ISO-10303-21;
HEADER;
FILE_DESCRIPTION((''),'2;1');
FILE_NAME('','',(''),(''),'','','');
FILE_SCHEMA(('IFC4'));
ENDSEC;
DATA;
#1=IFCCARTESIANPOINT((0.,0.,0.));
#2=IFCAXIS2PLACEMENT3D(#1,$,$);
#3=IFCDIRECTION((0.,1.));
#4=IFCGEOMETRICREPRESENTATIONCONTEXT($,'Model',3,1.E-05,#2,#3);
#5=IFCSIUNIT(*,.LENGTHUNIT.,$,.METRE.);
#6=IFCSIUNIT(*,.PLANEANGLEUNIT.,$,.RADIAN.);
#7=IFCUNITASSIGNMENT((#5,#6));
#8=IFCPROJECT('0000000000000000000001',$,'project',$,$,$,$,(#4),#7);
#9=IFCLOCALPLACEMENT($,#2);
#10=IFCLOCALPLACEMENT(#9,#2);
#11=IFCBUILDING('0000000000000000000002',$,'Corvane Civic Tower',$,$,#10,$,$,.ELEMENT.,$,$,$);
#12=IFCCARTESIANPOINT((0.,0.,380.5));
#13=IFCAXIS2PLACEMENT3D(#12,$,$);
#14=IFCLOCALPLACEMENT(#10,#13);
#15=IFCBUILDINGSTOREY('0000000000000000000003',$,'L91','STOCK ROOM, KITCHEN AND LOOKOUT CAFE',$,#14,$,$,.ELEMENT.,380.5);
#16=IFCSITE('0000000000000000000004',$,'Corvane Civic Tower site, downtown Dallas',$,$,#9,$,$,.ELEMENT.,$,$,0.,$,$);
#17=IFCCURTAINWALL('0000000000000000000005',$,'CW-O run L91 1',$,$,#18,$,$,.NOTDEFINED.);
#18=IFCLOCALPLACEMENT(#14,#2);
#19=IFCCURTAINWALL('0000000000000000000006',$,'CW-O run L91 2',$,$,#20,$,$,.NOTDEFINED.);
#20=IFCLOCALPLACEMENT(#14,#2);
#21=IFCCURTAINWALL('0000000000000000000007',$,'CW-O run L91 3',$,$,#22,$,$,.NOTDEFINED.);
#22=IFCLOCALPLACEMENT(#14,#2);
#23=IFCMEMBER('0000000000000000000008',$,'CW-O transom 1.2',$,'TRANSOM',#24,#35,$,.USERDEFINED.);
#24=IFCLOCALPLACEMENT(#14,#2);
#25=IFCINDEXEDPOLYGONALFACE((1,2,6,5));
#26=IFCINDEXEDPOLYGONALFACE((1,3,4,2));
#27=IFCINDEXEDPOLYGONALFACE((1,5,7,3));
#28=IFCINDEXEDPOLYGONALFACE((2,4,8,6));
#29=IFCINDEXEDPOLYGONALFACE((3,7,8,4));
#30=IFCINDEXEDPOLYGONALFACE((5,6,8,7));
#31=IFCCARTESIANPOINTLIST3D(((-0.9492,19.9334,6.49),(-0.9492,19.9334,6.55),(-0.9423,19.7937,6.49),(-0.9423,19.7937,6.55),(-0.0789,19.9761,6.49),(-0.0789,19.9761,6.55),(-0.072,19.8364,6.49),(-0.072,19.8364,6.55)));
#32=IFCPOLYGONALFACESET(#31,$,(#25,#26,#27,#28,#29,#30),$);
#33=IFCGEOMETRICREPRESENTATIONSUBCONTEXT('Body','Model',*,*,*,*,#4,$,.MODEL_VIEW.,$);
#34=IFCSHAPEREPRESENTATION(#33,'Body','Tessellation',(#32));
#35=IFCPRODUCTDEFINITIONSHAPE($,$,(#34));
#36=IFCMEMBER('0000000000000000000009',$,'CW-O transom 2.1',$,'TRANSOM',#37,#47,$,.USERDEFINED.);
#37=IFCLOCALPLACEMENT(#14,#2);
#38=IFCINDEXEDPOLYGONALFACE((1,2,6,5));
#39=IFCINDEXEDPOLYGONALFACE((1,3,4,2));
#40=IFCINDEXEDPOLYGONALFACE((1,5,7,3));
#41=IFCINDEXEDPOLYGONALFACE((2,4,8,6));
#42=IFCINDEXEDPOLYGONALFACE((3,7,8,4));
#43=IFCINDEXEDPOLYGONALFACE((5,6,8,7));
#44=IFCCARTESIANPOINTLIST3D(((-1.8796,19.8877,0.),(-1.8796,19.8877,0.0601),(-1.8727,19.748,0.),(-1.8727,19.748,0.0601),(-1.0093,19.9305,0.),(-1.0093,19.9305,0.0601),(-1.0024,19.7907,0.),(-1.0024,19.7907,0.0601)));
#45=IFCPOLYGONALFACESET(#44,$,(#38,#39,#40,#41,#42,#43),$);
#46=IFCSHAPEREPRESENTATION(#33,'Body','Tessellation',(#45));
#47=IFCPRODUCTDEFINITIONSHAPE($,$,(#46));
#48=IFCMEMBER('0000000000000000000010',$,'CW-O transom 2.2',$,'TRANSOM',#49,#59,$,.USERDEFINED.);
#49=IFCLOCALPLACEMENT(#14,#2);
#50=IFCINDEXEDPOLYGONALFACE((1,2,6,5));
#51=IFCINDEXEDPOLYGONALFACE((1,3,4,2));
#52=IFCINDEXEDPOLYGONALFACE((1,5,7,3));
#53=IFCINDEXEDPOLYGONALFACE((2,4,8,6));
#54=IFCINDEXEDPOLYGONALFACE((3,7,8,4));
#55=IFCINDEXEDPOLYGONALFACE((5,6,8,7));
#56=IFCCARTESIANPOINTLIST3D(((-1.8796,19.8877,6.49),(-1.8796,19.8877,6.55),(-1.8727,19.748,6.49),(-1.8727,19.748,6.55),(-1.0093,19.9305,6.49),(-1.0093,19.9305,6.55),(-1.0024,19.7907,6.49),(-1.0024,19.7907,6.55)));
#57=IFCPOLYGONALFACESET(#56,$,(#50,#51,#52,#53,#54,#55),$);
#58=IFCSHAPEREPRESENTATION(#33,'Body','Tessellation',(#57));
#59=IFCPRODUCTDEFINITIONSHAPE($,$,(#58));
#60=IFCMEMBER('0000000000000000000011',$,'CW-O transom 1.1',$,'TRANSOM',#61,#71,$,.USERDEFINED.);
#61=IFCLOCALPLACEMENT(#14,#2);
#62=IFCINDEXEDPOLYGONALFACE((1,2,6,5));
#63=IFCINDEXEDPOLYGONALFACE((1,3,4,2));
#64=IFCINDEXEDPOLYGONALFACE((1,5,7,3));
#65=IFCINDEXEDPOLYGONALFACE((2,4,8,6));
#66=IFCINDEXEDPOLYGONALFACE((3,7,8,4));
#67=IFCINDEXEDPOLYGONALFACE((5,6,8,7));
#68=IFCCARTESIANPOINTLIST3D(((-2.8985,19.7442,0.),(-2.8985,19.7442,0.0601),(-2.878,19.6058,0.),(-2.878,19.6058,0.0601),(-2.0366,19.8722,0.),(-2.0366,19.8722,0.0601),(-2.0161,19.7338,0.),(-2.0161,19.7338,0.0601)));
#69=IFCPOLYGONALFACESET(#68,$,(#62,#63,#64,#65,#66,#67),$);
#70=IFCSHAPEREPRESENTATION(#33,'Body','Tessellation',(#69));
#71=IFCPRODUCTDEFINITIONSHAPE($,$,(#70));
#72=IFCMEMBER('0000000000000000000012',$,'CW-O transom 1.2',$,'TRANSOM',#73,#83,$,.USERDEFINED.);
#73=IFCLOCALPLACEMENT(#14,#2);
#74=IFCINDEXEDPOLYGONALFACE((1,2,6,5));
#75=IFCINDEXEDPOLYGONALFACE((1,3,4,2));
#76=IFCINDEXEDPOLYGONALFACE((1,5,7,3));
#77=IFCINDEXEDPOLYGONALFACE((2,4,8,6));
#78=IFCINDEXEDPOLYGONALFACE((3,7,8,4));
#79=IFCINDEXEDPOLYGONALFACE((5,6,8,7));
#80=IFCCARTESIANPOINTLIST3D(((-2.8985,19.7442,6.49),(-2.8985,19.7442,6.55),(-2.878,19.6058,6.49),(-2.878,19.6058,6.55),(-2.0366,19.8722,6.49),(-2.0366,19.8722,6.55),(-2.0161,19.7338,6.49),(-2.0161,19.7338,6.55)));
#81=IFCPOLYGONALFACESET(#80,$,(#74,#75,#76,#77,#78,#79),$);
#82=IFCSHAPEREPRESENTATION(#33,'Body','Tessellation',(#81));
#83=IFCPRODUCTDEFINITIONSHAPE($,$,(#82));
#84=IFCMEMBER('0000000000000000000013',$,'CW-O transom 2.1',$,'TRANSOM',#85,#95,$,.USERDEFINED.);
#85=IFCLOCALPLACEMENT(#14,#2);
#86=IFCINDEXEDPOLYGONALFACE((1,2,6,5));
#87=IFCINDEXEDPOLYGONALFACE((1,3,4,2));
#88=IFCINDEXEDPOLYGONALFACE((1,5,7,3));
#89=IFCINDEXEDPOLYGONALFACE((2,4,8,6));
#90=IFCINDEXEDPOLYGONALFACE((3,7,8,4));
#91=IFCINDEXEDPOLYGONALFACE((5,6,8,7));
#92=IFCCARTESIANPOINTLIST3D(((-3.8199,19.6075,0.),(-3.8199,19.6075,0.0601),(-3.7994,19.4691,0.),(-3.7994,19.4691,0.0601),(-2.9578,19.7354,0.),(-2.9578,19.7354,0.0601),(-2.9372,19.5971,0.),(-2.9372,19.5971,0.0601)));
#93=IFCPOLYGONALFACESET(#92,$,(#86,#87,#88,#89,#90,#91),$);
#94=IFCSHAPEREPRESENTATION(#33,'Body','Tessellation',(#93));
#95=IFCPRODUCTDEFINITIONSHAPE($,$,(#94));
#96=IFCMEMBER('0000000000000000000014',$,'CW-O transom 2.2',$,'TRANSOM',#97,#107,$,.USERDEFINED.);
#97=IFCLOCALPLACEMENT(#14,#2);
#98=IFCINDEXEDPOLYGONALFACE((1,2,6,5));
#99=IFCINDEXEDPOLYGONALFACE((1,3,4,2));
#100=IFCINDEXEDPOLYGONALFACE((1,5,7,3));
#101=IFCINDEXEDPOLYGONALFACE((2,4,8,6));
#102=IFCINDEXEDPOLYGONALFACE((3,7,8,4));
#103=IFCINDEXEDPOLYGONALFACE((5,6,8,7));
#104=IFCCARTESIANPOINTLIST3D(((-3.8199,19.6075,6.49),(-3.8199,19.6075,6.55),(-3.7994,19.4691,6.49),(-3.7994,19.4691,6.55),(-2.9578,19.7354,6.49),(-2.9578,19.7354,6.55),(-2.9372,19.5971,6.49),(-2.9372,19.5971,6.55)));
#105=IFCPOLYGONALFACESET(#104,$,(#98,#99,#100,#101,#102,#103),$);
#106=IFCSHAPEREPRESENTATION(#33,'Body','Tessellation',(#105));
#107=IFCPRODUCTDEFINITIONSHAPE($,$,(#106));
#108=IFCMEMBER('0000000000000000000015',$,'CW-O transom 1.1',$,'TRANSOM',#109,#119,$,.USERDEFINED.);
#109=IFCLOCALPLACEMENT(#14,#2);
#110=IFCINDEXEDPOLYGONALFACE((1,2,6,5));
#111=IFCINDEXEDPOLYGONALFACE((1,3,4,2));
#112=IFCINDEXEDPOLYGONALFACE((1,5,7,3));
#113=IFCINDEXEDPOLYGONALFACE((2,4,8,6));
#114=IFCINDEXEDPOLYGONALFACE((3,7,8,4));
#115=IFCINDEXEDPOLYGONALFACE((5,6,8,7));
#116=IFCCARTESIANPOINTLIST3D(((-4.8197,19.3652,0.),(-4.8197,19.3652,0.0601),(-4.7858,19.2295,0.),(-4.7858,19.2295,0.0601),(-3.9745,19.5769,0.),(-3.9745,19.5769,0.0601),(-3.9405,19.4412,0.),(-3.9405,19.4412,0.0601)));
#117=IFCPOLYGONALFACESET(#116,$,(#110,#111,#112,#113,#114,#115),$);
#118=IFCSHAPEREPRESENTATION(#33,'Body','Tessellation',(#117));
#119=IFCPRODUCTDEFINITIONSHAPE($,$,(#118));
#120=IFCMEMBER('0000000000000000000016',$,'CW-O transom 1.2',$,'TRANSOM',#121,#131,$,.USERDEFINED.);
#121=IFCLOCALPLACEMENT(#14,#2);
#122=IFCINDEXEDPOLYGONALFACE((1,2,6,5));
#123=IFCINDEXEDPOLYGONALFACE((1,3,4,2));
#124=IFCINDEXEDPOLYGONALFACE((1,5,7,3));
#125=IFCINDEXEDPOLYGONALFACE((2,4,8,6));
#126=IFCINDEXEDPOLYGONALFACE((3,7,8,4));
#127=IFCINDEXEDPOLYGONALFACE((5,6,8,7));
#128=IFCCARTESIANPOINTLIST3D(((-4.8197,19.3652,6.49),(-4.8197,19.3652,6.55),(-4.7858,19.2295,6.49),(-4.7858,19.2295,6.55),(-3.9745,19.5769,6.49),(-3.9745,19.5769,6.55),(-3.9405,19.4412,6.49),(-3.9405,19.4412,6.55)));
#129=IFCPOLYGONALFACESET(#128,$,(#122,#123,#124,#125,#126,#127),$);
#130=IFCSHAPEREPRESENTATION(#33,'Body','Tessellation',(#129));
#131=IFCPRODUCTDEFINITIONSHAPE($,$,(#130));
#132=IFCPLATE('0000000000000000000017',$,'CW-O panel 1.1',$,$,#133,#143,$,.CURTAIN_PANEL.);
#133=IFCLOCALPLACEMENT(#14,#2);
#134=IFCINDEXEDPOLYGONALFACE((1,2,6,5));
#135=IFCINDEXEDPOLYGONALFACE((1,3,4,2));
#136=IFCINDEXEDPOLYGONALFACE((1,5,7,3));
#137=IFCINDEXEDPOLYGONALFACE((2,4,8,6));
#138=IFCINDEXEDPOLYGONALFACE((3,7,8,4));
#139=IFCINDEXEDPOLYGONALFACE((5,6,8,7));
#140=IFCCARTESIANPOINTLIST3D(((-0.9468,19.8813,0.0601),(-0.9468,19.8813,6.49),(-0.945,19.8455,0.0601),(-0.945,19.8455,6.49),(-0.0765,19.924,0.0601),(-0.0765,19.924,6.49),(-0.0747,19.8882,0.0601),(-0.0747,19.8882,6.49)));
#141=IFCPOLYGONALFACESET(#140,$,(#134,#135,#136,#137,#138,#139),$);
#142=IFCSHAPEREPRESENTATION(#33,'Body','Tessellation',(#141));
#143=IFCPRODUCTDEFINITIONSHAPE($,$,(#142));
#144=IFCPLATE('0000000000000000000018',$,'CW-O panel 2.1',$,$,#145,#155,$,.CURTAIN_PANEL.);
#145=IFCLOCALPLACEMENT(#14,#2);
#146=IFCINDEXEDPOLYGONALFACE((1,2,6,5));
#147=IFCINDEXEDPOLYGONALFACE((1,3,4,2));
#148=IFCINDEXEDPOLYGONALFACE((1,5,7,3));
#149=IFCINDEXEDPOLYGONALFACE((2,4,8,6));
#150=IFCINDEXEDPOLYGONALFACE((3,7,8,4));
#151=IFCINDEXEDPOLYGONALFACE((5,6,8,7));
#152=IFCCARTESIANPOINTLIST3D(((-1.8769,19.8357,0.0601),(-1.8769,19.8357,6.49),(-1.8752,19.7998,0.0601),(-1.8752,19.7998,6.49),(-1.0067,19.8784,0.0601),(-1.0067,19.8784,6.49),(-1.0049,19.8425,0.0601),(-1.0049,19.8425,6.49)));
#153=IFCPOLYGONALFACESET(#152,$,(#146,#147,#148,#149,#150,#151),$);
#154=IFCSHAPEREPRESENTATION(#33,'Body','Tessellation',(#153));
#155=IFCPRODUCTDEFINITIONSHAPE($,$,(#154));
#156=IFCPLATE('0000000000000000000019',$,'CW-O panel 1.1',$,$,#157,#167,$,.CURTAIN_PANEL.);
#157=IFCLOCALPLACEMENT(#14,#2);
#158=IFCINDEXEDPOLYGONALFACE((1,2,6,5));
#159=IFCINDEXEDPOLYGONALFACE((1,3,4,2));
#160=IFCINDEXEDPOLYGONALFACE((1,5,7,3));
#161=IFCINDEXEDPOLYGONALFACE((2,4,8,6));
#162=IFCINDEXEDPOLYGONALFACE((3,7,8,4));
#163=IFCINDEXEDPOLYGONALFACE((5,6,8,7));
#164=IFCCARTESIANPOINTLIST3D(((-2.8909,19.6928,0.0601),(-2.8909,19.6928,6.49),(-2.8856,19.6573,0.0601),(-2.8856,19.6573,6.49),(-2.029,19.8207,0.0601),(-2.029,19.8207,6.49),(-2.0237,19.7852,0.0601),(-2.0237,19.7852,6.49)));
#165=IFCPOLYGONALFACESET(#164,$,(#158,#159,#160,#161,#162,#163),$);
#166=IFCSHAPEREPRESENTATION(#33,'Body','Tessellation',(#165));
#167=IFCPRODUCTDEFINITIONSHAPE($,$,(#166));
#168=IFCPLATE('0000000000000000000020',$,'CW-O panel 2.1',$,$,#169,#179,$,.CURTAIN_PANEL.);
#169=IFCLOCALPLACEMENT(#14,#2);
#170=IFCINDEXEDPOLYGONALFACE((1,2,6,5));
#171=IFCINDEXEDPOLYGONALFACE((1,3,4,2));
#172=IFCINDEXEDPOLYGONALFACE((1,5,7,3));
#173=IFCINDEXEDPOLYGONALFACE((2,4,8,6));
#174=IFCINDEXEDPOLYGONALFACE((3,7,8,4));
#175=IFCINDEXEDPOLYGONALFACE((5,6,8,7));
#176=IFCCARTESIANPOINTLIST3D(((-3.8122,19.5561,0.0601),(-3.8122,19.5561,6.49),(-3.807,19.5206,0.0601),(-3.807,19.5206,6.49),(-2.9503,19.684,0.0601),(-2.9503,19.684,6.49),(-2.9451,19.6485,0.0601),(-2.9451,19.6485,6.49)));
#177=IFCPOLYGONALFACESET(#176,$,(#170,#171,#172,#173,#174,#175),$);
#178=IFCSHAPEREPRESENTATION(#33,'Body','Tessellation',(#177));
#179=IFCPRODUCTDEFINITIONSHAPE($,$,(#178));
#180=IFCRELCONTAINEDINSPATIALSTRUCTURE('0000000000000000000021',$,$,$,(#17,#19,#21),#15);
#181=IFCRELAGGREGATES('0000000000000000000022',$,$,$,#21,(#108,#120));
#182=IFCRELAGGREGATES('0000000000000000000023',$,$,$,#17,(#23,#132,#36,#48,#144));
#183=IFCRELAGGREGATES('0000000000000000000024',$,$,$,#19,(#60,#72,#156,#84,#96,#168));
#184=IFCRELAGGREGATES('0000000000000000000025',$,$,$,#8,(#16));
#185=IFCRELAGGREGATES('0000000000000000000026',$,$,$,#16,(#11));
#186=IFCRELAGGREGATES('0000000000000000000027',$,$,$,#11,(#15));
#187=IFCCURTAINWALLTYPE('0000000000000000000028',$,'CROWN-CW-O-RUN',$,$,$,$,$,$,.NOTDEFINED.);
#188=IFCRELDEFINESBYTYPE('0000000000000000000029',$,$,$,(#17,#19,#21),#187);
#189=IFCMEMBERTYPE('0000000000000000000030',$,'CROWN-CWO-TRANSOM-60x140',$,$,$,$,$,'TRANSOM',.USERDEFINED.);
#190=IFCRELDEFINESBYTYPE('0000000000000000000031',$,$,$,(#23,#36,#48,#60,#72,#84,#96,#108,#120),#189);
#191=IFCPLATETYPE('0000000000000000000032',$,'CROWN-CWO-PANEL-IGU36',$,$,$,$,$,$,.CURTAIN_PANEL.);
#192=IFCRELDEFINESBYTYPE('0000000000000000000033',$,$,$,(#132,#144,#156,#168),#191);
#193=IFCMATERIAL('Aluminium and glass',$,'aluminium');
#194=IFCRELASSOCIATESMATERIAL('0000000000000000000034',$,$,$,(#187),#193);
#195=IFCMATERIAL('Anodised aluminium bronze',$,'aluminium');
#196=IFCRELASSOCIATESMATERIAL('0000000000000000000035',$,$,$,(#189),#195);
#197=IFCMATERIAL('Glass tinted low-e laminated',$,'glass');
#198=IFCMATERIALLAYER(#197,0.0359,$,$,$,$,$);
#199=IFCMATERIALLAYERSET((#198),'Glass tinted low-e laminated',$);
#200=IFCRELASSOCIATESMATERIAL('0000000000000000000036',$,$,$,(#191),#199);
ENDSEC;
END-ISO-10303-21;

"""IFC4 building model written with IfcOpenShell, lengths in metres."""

from ifc_helpers import new_model, si_unit, direction, frame, origin, origin_2d, place, context, subcontext, project, spatial, rectangle, extrude, material, layer, layer_set, material_profile, profile_set, type_object, element, aggregate, save


model = new_model("IFC4")

# Units and contexts
model_context = context("Model", 3, precision=1e-05, world=origin(), true_north=direction((0.0, 1.0)))
body_context = subcontext(model_context, "Body", "Model", "MODEL_VIEW")
ifc_project = project(units=[si_unit("LENGTHUNIT", "METRE"), si_unit("PLANEANGLEUNIT", "RADIAN")], contexts=[model_context])

# Site, building, storey
site_placement = place(None, origin())
site = spatial("IfcSite", under=ifc_project, at=site_placement, Name="Corvane Civic Tower site, downtown Dallas", CompositionType="ELEMENT", RefElevation=0.0)
building_placement = place(site_placement, origin())
building = spatial("IfcBuilding", under=site, at=building_placement, Name="Corvane Civic Tower", CompositionType="ELEMENT")
storey_placement = place(building_placement, frame((0.0, 0.0, 380.5)))
storey = spatial("IfcBuildingStorey", under=building, at=storey_placement, Name="L91", Description="STOCK ROOM, KITCHEN AND LOOKOUT CAFE", CompositionType="ELEMENT", Elevation=380.5)

# Curtain walls
ifc_material_1 = material(Name="Aluminium and glass", Category="aluminium")
curtain_wall_type = type_object("IfcCurtainWallType", Name="CROWN-CW-O-RUN", PredefinedType="NOTDEFINED", material=ifc_material_1)
curtain_wall_1_placement = place(storey_placement, origin())
curtain_wall_1 = element("IfcCurtainWall", 1, at=curtain_wall_1_placement, inside=storey, type_object=curtain_wall_type, Name="CW-O run L91 1", PredefinedType="NOTDEFINED")
curtain_wall_2_placement = place(storey_placement, origin())
curtain_wall_2 = element("IfcCurtainWall", 2, at=curtain_wall_2_placement, inside=storey, type_object=curtain_wall_type, Name="CW-O run L91 2", PredefinedType="NOTDEFINED")

# Curtain wall
curtain_wall_3_placement = place(storey_placement, origin())
curtain_wall_3 = element("IfcCurtainWall", 3, at=curtain_wall_3_placement, inside=storey, type_object=curtain_wall_type, Name="CW-O run L91 3", PredefinedType="NOTDEFINED")

# Members
ifc_material_2 = material(Name="Anodised aluminium bronze", Category="aluminium")
ifc_material_profile_1 = material_profile(ifc_material_2, rectangle(XDim=0.1399, YDim=0.0601, at=origin_2d()), Name="AL 140x60")
ifc_profile_set_1 = profile_set([ifc_material_profile_1], Name="Anodised aluminium bronze")
member_type_1 = type_object("IfcMemberType", Name="CROWN-CWO-TRANSOM-60x140", ElementType="TRANSOM", PredefinedType="USERDEFINED", material=ifc_profile_set_1)
member_1_placement = place(storey_placement, frame((-0.0754, 19.9062, 6.52), z_axis=(-0.998797, -0.049029, 0.0), x_axis=(0.049029, -0.998797, 0.0)))
member_1 = element("IfcMember", 4, at=member_1_placement, type_object=member_type_1, Name="CW-O transom 1.2", ObjectType="TRANSOM", PredefinedType="USERDEFINED", context=body_context, shape_type="SweptSolid", body=[
    extrude(rectangle(XDim=0.1399, YDim=0.0601, at=origin_2d()), origin(), (0.0, 0.0, 1.0), 0.8713),
])
member_2_placement = place(storey_placement, frame((-1.0059, 19.8606, 0.03), z_axis=(-0.998797, -0.049029, 0.0), x_axis=(0.049029, -0.998797, 0.0)))
member_2 = element("IfcMember", 5, at=member_2_placement, type_object=member_type_1, Name="CW-O transom 2.1", ObjectType="TRANSOM", PredefinedType="USERDEFINED", context=body_context, shape_type="SweptSolid", body=[
    extrude(rectangle(XDim=0.1399, YDim=0.0601, at=origin_2d()), origin(), (0.0, 0.0, 1.0), 0.8713),
])
member_3_placement = place(storey_placement, frame((-1.0059, 19.8606, 6.52), z_axis=(-0.998797, -0.049029, 0.0), x_axis=(0.049029, -0.998797, 0.0)))
member_3 = element("IfcMember", 6, at=member_3_placement, type_object=member_type_1, Name="CW-O transom 2.2", ObjectType="TRANSOM", PredefinedType="USERDEFINED", context=body_context, shape_type="SweptSolid", body=[
    extrude(rectangle(XDim=0.1399, YDim=0.0601, at=origin_2d()), origin(), (0.0, 0.0, 1.0), 0.8713),
])
member_4_placement = place(storey_placement, frame((-2.0264, 19.803, 0.03), z_axis=(-0.989161, -0.146833, 0.0), x_axis=(0.146833, -0.989161, 0.0)))
member_4 = element("IfcMember", 7, at=member_4_placement, type_object=member_type_1, Name="CW-O transom 1.1", ObjectType="TRANSOM", PredefinedType="USERDEFINED", context=body_context, shape_type="SweptSolid", body=[
    extrude(rectangle(XDim=0.1399, YDim=0.0601, at=origin_2d()), origin(), (0.0, 0.0, 1.0), 0.8713),
])
member_5_placement = place(storey_placement, frame((-2.0264, 19.803, 6.52), z_axis=(-0.989161, -0.146833, 0.0), x_axis=(0.146833, -0.989161, 0.0)))
member_5 = element("IfcMember", 8, at=member_5_placement, type_object=member_type_1, Name="CW-O transom 1.2", ObjectType="TRANSOM", PredefinedType="USERDEFINED", context=body_context, shape_type="SweptSolid", body=[
    extrude(rectangle(XDim=0.1399, YDim=0.0601, at=origin_2d()), origin(), (0.0, 0.0, 1.0), 0.8713),
])
member_6_placement = place(storey_placement, frame((-2.9475, 19.6663, 0.03), z_axis=(-0.989167, -0.146792, 0.0), x_axis=(0.146792, -0.989167, 0.0)))
member_6 = element("IfcMember", 9, at=member_6_placement, type_object=member_type_1, Name="CW-O transom 2.1", ObjectType="TRANSOM", PredefinedType="USERDEFINED", context=body_context, shape_type="SweptSolid", body=[
    extrude(rectangle(XDim=0.1399, YDim=0.0601, at=origin_2d()), origin(), (0.0, 0.0, 1.0), 0.8716),
])
member_7_placement = place(storey_placement, frame((-2.9475, 19.6663, 6.52), z_axis=(-0.989167, -0.146792, 0.0), x_axis=(0.146792, -0.989167, 0.0)))
member_7 = element("IfcMember", 10, at=member_7_placement, type_object=member_type_1, Name="CW-O transom 2.2", ObjectType="TRANSOM", PredefinedType="USERDEFINED", context=body_context, shape_type="SweptSolid", body=[
    extrude(rectangle(XDim=0.1399, YDim=0.0601, at=origin_2d()), origin(), (0.0, 0.0, 1.0), 0.8716),
])
member_8_placement = place(storey_placement, frame((-3.9575, 19.509, 0.03), z_axis=(-0.970044, -0.242931, 0.0), x_axis=(0.242931, -0.970044, 0.0)))
member_8 = element("IfcMember", 11, at=member_8_placement, type_object=member_type_1, Name="CW-O transom 1.1", ObjectType="TRANSOM", PredefinedType="USERDEFINED", context=body_context, shape_type="SweptSolid", body=[
    extrude(rectangle(XDim=0.1399, YDim=0.0601, at=origin_2d()), origin(), (0.0, 0.0, 1.0), 0.8713),
])
member_9_placement = place(storey_placement, frame((-3.9575, 19.509, 6.52), z_axis=(-0.970044, -0.242931, 0.0), x_axis=(0.242931, -0.970044, 0.0)))
member_9 = element("IfcMember", 12, at=member_9_placement, type_object=member_type_1, Name="CW-O transom 1.2", ObjectType="TRANSOM", PredefinedType="USERDEFINED", context=body_context, shape_type="SweptSolid", body=[
    extrude(rectangle(XDim=0.1399, YDim=0.0601, at=origin_2d()), origin(), (0.0, 0.0, 1.0), 0.8713),
])
aggregate(curtain_wall_3, [member_8, member_9])

# Plates
ifc_material_3 = material(Name="Glass tinted low-e laminated", Category="glass")
ifc_layer = layer(ifc_material_3, 0.0359)
ifc_layer_set = layer_set([ifc_layer], Name="Glass tinted low-e laminated")
plate_type = type_object("IfcPlateType", Name="CROWN-CWO-PANEL-IGU36", PredefinedType="CURTAIN_PANEL", material=ifc_layer_set)
plate_1_placement = place(storey_placement, frame((-0.5107, 19.8848, 0.0601), z_axis=(0.0, 0.0, 1.0), x_axis=(-0.998799, -0.048991, 0.0)))
plate_1 = element("IfcPlate", 13, at=plate_1_placement, type_object=plate_type, Name="CW-O panel 1.1", PredefinedType="CURTAIN_PANEL", context=body_context, shape_type="SweptSolid", body=[
    extrude(rectangle(XDim=0.8713, YDim=0.0359, at=origin_2d()), origin(), (0.0, 0.0, 1.0), 6.4299),
])
plate_2_placement = place(storey_placement, frame((-1.4409, 19.8391, 0.0601), z_axis=(0.0, 0.0, 1.0), x_axis=(-0.998799, -0.048991, 0.0)))
plate_2 = element("IfcPlate", 14, at=plate_2_placement, type_object=plate_type, Name="CW-O panel 2.1", PredefinedType="CURTAIN_PANEL", context=body_context, shape_type="SweptSolid", body=[
    extrude(rectangle(XDim=0.8713, YDim=0.0359, at=origin_2d()), origin(), (0.0, 0.0, 1.0), 6.4299),
])
aggregate(curtain_wall_1, [member_1, plate_1, member_2, member_3, plate_2])
plate_3_placement = place(storey_placement, frame((-2.4573, 19.739, 0.0601), z_axis=(0.0, 0.0, 1.0), x_axis=(-0.98917, -0.146771, 0.0)))
plate_3 = element("IfcPlate", 15, at=plate_3_placement, type_object=plate_type, Name="CW-O panel 1.1", PredefinedType="CURTAIN_PANEL", context=body_context, shape_type="SweptSolid", body=[
    extrude(rectangle(XDim=0.8713, YDim=0.0359, at=origin_2d()), origin(), (0.0, 0.0, 1.0), 6.4299),
])
plate_4_placement = place(storey_placement, frame((-3.3787, 19.6023, 0.0601), z_axis=(0.0, 0.0, 1.0), x_axis=(-0.98917, -0.146771, 0.0)))
plate_4 = element("IfcPlate", 16, at=plate_4_placement, type_object=plate_type, Name="CW-O panel 2.1", PredefinedType="CURTAIN_PANEL", context=body_context, shape_type="SweptSolid", body=[
    extrude(rectangle(XDim=0.8713, YDim=0.0359, at=origin_2d()), origin(), (0.0, 0.0, 1.0), 6.4299),
])
aggregate(curtain_wall_2, [member_4, member_5, plate_3, member_6, member_7, plate_4])

save(model, "model.ifc")
